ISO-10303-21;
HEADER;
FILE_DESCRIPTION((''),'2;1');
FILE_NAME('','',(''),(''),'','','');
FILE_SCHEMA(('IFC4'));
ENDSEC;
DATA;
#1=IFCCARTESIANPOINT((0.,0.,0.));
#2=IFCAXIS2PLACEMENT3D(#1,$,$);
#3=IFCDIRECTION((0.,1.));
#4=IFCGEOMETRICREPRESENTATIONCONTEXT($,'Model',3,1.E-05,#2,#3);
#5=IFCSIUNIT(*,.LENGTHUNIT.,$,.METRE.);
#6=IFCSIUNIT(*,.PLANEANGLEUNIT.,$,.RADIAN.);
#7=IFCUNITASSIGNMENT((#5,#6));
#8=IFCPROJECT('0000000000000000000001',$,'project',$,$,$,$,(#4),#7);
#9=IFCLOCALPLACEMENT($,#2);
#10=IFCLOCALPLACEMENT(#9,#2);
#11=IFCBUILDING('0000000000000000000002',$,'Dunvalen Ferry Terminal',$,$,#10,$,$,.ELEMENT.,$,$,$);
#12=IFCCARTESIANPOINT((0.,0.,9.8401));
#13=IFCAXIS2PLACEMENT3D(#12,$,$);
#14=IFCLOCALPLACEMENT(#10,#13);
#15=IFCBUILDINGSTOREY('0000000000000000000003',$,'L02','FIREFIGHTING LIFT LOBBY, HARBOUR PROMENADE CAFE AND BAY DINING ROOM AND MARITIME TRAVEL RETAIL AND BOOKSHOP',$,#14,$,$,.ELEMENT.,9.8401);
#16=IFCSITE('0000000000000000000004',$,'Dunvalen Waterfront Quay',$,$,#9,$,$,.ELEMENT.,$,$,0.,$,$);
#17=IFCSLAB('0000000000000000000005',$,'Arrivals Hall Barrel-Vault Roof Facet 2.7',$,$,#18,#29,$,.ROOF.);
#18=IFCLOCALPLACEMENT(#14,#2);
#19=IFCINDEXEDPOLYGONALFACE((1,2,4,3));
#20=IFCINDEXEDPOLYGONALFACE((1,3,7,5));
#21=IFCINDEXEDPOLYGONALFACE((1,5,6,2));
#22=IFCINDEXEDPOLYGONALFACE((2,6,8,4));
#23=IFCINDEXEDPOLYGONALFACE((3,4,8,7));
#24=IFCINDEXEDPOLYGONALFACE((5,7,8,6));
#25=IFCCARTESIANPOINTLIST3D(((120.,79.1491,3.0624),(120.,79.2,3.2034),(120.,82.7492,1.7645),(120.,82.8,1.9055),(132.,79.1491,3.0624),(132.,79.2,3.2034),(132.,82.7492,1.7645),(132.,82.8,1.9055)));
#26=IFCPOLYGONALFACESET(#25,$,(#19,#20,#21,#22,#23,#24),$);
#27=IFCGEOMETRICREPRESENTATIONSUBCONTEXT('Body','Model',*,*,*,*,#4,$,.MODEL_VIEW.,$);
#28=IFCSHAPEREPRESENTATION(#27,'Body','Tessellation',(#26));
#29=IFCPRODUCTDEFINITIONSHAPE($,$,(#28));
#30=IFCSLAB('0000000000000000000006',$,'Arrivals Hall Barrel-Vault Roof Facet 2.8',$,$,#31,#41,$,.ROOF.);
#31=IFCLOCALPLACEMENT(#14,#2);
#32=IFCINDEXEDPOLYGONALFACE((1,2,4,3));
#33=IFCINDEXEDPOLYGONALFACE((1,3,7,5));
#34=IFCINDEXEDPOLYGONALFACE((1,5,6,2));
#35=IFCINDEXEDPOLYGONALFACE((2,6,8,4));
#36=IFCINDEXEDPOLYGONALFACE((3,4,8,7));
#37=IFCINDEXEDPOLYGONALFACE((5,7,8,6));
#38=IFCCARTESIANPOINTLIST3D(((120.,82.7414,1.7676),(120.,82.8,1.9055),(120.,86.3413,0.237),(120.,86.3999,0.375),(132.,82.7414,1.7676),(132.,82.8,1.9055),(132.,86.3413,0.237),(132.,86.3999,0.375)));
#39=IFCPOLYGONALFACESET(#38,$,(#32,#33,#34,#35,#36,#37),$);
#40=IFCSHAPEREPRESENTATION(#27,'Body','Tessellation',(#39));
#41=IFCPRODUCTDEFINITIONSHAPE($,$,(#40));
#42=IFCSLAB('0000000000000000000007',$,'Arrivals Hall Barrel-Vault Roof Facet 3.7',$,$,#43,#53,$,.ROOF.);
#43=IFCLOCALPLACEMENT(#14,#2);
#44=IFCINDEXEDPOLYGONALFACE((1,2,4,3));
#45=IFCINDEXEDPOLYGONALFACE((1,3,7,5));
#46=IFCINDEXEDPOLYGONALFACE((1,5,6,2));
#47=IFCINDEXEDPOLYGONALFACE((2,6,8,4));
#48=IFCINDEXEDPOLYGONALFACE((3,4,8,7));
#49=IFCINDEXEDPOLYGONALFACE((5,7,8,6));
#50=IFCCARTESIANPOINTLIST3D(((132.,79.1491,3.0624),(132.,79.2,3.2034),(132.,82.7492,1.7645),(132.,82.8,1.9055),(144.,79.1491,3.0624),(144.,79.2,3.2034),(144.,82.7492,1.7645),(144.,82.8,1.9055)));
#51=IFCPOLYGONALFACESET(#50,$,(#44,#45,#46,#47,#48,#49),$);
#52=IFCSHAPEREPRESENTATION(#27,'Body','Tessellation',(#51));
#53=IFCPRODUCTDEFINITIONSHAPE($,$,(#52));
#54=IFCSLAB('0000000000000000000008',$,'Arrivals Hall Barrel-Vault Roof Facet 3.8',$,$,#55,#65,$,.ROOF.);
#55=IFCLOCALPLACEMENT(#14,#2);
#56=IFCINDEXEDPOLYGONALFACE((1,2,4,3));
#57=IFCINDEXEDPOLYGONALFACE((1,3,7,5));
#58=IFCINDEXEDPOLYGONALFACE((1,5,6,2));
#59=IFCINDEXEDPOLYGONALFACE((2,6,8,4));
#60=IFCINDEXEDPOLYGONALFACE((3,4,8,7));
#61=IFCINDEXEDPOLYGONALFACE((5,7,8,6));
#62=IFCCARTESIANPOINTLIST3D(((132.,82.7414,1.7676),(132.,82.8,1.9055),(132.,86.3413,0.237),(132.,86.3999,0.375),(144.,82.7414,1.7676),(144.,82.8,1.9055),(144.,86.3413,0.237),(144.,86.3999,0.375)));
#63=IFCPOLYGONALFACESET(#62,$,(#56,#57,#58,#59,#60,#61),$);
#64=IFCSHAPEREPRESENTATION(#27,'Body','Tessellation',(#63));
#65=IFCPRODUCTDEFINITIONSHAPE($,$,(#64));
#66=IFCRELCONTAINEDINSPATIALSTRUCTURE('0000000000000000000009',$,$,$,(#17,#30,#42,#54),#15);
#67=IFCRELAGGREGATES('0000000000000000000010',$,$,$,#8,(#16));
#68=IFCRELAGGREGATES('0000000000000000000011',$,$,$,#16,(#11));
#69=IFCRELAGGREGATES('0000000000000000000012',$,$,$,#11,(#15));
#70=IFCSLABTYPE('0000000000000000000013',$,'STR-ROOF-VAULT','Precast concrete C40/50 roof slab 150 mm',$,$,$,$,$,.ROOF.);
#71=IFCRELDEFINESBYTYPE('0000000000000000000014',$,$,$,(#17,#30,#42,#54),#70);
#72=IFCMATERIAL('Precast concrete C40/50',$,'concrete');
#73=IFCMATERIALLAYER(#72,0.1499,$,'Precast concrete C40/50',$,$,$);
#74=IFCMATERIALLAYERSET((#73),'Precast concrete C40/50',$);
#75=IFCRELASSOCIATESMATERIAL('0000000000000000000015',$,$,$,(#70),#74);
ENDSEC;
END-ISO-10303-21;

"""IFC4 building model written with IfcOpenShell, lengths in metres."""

from ifc_helpers import new_model, si_unit, direction, frame, origin, place, context, subcontext, project, spatial, polyline, outline, extrude, material, layer, layer_set, type_object, element, save


model = new_model("IFC4")

# Units and contexts
model_context = context("Model", 3, precision=1e-05, world=origin(), true_north=direction((0.0, 1.0)))
body_context = subcontext(model_context, "Body", "Model", "MODEL_VIEW")
ifc_project = project(units=[si_unit("LENGTHUNIT", "METRE"), si_unit("PLANEANGLEUNIT", "RADIAN")], contexts=[model_context])

# Site, building, storey
site_placement = place(None, origin())
site = spatial("IfcSite", under=ifc_project, at=site_placement, Name="Dunvalen Waterfront Quay", CompositionType="ELEMENT", RefElevation=0.0)
building_placement = place(site_placement, origin())
building = spatial("IfcBuilding", under=site, at=building_placement, Name="Dunvalen Ferry Terminal", CompositionType="ELEMENT")
storey_placement = place(building_placement, frame((0.0, 0.0, 9.8401)))
storey = spatial("IfcBuildingStorey", under=building, at=storey_placement, Name="L02", Description="FIREFIGHTING LIFT LOBBY, HARBOUR PROMENADE CAFE AND BAY DINING ROOM AND MARITIME TRAVEL RETAIL AND BOOKSHOP", CompositionType="ELEMENT", Elevation=9.8401)

# Slabs
ifc_material_1 = material(Name="Precast concrete C40/50", Category="concrete")
ifc_layer_1 = layer(ifc_material_1, 0.1499, Name="Precast concrete C40/50")
ifc_layer_set_1 = layer_set([ifc_layer_1], Name="Precast concrete C40/50")
slab_type = type_object("IfcSlabType", Name="STR-ROOF-VAULT", Description="Precast concrete C40/50 roof slab 150 mm", PredefinedType="ROOF", material=ifc_layer_set_1)
slab_1_placement = place(storey_placement, frame((120.0, 79.2, 3.2034), z_axis=(0.0, 0.33914, 0.940736), x_axis=(1.0, 0.0, 0.0)))
element("IfcSlab", 1, at=slab_1_placement, inside=storey, type_object=slab_type, Name="Arrivals Hall Barrel-Vault Roof Facet 2.7", PredefinedType="ROOF", context=body_context, shape_type="SweptSolid", body=[
    extrude(outline(polyline([(0.0, 0.0), (12.0, 0.0), (12.0, 3.8269), (0.0, 3.8269), (0.0, 0.0)])), origin(), (0.0, 0.0, -1.0), 0.1499),
])
slab_2_placement = place(storey_placement, frame((120.0, 82.8, 1.9055), z_axis=(0.0, 0.391266, 0.920278), x_axis=(1.0, 0.0, 0.0)))
element("IfcSlab", 2, at=slab_2_placement, inside=storey, type_object=slab_type, Name="Arrivals Hall Barrel-Vault Roof Facet 2.8", PredefinedType="ROOF", context=body_context, shape_type="SweptSolid", body=[
    extrude(outline(polyline([(0.0, 0.0), (12.0, 0.0), (12.0, 3.9117), (0.0, 3.9117), (0.0, 0.0)])), origin(), (0.0, 0.0, -1.0), 0.1499),
])
slab_3_placement = place(storey_placement, frame((132.0, 79.2, 3.2034), z_axis=(0.0, 0.33914, 0.940736), x_axis=(1.0, 0.0, 0.0)))
element("IfcSlab", 3, at=slab_3_placement, inside=storey, type_object=slab_type, Name="Arrivals Hall Barrel-Vault Roof Facet 3.7", PredefinedType="ROOF", context=body_context, shape_type="SweptSolid", body=[
    extrude(outline(polyline([(0.0, 0.0), (12.0, 0.0), (12.0, 3.8269), (0.0, 3.8269), (0.0, 0.0)])), origin(), (0.0, 0.0, -1.0), 0.1499),
])
slab_4_placement = place(storey_placement, frame((132.0, 82.8, 1.9055), z_axis=(0.0, 0.391266, 0.920278), x_axis=(1.0, 0.0, 0.0)))
element("IfcSlab", 4, at=slab_4_placement, inside=storey, type_object=slab_type, Name="Arrivals Hall Barrel-Vault Roof Facet 3.8", PredefinedType="ROOF", context=body_context, shape_type="SweptSolid", body=[
    extrude(outline(polyline([(0.0, 0.0), (12.0, 0.0), (12.0, 3.9117), (0.0, 3.9117), (0.0, 0.0)])), origin(), (0.0, 0.0, -1.0), 0.1499),
])

save(model, "model.ifc")
